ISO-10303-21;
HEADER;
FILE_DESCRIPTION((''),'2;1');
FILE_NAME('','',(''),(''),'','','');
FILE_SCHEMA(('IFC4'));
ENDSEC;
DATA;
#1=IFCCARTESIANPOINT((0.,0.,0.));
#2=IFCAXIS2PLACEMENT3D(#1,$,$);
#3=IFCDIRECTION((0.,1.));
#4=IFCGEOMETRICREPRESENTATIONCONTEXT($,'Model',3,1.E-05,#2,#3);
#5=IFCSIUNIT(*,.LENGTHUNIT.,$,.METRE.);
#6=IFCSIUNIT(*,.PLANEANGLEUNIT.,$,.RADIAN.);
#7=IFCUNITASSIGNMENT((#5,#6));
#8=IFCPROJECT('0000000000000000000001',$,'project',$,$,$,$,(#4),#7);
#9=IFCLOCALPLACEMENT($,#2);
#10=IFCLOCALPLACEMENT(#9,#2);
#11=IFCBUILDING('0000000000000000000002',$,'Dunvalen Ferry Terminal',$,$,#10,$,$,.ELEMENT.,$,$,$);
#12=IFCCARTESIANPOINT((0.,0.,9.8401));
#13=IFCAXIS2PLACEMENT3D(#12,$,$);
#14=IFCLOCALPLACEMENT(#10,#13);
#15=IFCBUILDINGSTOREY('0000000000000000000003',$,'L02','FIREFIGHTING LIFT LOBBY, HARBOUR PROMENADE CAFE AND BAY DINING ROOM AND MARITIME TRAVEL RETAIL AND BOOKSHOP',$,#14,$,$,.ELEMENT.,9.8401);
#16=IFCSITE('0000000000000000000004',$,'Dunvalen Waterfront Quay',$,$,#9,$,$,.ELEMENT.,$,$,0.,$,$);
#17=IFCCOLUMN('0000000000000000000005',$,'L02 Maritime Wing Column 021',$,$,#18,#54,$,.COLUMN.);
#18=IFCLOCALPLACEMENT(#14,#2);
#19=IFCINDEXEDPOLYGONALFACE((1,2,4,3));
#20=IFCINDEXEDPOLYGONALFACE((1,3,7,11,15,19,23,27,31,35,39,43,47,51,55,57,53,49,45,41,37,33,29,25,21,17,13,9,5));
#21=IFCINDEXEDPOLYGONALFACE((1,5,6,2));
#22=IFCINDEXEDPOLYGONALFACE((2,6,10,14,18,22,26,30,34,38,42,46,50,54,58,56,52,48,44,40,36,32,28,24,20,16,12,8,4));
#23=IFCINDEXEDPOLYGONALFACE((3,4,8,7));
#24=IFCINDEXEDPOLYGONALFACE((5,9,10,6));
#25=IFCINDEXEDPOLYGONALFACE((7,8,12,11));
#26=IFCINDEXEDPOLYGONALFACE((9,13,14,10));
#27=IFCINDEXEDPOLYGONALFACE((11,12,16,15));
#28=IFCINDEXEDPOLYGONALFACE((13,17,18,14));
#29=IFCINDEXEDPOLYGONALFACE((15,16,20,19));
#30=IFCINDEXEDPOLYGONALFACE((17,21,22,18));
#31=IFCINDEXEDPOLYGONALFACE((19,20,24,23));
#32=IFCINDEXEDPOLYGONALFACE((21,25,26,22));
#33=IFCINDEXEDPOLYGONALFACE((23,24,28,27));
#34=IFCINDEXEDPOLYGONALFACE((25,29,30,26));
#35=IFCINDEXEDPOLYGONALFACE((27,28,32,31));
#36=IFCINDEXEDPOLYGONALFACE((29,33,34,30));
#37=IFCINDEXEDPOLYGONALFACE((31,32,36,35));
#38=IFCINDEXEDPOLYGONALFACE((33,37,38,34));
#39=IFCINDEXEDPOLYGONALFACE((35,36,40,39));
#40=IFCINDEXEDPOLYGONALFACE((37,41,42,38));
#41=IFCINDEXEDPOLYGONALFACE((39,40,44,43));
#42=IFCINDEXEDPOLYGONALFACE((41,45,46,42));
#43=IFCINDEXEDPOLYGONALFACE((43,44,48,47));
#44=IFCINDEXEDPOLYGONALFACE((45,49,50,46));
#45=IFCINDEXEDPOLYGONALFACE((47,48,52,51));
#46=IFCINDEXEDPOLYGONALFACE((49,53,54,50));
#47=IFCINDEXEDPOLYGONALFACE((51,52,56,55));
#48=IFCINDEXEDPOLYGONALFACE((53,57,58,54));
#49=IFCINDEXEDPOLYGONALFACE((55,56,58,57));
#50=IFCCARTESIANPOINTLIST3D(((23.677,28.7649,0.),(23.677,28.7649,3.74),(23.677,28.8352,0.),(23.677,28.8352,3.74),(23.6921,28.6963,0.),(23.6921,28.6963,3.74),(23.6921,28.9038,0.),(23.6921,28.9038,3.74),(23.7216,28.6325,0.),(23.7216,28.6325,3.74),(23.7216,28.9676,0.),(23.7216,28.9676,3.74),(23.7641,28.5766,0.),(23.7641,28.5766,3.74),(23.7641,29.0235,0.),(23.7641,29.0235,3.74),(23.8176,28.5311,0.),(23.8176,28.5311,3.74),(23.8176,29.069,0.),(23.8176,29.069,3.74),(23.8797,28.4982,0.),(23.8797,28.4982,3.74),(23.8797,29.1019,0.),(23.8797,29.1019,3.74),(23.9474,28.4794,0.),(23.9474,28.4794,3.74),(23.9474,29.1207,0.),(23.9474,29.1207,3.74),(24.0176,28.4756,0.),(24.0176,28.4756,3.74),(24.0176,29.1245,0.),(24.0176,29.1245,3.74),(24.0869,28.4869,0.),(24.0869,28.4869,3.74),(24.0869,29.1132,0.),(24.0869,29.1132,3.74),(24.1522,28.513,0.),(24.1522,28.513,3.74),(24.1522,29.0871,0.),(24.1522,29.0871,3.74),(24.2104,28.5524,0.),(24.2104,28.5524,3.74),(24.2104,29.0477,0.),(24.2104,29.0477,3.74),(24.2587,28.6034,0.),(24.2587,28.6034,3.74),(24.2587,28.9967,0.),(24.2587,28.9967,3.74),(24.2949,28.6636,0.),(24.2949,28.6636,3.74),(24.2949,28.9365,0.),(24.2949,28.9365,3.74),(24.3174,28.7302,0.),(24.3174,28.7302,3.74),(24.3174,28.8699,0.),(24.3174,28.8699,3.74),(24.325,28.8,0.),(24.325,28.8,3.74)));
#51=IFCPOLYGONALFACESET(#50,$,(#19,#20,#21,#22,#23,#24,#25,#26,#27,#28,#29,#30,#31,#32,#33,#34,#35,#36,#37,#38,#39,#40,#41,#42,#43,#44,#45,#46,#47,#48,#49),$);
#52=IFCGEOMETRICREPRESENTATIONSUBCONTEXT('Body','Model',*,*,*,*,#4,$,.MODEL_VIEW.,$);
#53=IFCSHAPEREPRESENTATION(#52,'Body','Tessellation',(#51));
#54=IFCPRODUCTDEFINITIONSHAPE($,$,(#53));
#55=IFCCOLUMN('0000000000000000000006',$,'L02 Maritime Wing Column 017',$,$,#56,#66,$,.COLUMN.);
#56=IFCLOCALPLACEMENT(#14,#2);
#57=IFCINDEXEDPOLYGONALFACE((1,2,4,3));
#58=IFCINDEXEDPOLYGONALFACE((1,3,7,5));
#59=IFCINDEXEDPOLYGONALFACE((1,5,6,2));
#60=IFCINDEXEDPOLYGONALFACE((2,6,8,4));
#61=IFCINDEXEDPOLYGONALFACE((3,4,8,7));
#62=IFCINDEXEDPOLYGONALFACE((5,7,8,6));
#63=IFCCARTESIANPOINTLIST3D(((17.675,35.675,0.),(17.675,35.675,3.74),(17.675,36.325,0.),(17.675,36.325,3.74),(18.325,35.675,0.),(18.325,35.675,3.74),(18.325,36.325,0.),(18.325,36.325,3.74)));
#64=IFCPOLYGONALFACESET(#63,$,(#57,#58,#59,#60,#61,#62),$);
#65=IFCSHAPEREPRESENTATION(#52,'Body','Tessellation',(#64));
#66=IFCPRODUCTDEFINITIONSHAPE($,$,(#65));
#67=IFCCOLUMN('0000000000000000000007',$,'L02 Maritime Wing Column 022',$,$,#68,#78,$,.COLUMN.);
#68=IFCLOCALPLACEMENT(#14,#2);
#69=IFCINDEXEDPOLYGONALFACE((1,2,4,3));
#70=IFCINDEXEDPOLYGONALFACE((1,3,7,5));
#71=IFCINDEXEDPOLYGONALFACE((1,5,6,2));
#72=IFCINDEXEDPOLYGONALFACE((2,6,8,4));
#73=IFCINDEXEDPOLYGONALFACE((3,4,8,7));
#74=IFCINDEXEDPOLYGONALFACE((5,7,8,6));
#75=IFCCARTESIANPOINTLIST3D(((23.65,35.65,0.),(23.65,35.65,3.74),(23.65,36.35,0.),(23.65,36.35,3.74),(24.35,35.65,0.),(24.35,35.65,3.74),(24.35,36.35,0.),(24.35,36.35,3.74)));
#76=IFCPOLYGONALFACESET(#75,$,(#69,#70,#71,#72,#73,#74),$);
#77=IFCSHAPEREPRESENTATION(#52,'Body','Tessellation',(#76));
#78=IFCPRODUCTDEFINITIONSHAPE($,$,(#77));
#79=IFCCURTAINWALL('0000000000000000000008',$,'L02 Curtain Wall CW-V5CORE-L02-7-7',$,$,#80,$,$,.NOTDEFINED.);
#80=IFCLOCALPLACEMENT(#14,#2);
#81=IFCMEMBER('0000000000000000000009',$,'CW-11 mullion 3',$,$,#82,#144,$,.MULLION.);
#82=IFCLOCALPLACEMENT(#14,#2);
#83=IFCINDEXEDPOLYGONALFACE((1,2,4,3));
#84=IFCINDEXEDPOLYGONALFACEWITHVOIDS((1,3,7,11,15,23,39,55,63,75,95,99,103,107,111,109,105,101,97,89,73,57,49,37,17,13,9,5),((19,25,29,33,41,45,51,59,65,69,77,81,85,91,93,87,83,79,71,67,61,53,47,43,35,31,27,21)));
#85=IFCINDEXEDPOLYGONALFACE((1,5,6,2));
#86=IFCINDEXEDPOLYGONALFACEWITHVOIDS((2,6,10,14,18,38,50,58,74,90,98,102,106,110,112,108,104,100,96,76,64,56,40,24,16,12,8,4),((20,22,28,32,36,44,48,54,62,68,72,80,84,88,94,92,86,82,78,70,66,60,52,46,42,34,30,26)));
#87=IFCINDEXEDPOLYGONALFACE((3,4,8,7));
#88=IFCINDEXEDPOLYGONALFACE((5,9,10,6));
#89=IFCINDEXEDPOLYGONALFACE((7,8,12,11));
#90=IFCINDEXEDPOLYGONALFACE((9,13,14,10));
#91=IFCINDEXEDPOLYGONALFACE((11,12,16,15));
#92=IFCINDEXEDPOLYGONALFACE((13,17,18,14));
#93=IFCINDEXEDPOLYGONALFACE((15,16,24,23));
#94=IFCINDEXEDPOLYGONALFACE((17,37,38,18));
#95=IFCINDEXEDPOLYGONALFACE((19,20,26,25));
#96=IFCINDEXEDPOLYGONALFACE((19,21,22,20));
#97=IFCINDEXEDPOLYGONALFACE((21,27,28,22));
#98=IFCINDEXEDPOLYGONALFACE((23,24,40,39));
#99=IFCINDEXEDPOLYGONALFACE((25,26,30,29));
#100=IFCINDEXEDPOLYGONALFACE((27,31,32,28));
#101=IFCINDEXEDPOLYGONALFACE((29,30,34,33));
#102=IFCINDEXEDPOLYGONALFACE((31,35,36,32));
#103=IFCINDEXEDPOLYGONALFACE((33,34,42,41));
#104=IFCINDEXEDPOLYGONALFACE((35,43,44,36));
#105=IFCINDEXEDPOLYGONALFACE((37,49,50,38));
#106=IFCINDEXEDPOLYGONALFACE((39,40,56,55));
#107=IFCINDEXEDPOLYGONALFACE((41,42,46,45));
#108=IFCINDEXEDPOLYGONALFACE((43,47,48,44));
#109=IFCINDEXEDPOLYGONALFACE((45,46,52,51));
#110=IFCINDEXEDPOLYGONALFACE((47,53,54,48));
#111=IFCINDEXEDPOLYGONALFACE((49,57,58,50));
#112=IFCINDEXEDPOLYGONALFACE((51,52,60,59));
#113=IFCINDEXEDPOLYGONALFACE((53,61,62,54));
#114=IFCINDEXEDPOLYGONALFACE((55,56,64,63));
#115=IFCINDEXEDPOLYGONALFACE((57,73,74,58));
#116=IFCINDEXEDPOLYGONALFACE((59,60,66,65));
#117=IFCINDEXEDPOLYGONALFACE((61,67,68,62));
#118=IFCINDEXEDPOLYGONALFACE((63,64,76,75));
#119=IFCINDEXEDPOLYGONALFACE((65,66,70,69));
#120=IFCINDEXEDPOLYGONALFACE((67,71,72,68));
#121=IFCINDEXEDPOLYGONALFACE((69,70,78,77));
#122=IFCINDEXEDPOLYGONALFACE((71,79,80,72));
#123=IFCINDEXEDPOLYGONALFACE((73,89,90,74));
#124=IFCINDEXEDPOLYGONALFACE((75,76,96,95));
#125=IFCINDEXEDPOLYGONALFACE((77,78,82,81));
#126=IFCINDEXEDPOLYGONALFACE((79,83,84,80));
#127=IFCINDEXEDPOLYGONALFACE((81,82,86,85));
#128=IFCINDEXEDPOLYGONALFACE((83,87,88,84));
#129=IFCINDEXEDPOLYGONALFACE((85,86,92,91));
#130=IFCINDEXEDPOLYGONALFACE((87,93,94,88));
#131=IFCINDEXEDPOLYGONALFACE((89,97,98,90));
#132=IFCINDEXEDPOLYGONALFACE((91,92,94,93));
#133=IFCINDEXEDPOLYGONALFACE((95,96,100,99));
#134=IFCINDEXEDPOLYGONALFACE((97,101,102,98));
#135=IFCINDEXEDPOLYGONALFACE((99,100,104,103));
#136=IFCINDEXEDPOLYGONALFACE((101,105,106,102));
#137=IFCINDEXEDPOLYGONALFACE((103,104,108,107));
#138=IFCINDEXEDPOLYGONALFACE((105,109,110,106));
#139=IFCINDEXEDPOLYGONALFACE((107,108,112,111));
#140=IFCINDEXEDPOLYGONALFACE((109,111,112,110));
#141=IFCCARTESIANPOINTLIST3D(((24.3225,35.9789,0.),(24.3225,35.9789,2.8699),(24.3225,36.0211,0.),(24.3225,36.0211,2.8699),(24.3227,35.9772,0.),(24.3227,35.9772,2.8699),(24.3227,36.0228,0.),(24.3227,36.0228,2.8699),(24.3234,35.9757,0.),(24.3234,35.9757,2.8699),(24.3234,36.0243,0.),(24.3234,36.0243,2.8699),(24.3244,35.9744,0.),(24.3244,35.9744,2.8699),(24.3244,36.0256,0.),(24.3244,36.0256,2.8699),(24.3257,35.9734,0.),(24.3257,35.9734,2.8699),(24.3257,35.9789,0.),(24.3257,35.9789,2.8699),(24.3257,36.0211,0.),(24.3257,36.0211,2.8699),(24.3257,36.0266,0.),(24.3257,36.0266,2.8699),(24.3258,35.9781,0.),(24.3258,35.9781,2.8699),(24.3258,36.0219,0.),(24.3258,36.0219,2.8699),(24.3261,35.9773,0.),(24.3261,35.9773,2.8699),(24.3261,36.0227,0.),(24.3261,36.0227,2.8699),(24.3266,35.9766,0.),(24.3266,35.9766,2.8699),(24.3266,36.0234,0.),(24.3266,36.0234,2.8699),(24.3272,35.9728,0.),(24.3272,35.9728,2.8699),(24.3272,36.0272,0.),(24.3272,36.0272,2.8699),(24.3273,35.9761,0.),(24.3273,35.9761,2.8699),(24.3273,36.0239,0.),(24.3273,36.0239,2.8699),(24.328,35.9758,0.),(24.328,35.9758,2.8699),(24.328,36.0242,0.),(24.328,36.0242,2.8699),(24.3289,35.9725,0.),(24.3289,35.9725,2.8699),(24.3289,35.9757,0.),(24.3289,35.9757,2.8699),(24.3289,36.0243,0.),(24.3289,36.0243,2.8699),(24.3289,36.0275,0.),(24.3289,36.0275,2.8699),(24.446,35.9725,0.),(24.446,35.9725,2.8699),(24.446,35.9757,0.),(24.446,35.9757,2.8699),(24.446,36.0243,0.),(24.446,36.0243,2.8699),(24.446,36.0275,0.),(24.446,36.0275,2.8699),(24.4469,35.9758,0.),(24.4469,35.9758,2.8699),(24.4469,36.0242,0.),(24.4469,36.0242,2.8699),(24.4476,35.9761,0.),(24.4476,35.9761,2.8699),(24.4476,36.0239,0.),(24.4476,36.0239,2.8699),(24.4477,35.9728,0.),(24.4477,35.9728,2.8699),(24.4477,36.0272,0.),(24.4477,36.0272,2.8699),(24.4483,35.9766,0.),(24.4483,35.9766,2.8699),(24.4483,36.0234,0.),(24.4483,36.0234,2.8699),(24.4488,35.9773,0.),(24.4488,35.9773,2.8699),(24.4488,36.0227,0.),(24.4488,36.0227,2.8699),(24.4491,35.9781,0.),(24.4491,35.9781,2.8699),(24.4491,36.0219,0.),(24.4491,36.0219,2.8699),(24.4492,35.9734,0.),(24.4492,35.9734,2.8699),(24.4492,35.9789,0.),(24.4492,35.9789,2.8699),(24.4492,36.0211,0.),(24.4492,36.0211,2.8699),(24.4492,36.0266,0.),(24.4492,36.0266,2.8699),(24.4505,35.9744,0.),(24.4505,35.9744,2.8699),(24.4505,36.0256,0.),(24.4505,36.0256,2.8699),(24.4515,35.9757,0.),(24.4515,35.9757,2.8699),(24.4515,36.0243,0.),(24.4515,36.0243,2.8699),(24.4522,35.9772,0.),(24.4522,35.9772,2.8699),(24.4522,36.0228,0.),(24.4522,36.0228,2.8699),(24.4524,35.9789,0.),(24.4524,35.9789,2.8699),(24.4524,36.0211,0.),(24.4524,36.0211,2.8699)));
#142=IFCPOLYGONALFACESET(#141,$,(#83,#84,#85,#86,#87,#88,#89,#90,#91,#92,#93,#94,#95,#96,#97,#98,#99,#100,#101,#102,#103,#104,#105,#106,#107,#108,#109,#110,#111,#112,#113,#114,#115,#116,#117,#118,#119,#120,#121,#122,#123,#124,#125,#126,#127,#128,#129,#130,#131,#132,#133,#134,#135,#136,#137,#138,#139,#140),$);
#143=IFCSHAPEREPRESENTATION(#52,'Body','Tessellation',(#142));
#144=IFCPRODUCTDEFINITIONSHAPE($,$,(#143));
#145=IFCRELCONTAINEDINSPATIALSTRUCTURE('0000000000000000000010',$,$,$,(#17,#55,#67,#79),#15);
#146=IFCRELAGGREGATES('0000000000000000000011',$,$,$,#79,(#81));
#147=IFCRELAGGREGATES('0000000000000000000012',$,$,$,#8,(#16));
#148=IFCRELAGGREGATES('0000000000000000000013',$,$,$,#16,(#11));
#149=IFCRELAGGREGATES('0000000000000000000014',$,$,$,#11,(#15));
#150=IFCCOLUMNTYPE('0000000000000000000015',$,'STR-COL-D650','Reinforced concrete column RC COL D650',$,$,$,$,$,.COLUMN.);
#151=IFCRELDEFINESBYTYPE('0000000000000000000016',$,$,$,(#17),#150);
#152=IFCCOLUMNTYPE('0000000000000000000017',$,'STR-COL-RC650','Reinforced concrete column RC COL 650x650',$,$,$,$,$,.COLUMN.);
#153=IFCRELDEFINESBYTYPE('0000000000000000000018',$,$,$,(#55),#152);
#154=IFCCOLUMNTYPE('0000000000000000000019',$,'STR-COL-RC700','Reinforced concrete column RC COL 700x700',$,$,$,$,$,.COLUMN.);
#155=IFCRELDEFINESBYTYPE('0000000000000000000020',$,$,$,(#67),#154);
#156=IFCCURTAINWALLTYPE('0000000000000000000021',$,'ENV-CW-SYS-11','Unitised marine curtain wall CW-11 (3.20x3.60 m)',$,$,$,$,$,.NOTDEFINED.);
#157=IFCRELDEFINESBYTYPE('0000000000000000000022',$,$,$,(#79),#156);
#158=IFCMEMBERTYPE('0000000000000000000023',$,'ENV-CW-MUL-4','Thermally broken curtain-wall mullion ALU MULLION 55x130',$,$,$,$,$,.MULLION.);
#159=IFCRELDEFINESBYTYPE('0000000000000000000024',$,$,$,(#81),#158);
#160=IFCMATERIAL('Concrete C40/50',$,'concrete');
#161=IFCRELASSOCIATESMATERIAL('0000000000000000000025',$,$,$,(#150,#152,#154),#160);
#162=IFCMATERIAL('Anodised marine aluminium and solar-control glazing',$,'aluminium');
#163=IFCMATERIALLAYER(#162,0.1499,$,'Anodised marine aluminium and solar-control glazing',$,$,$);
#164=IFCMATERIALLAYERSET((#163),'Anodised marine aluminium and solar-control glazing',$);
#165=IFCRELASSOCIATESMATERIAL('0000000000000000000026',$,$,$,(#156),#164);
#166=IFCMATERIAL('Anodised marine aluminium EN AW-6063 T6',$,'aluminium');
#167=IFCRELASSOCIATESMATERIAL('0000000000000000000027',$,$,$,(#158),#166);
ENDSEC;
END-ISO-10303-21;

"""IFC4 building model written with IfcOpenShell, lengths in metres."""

from ifc_helpers import new_model, si_unit, direction, frame, origin, origin_2d, place, context, subcontext, project, spatial, rectangle, hollow_rectangle, circle, extrude, material, layer, layer_set, material_profile, profile_set, type_object, element, aggregate, save


model = new_model("IFC4")

# Units and contexts
model_context = context("Model", 3, precision=1e-05, world=origin(), true_north=direction((0.0, 1.0)))
body_context = subcontext(model_context, "Body", "Model", "MODEL_VIEW")
ifc_project = project(units=[si_unit("LENGTHUNIT", "METRE"), si_unit("PLANEANGLEUNIT", "RADIAN")], contexts=[model_context])

# Site, building, storey
site_placement = place(None, origin())
site = spatial("IfcSite", under=ifc_project, at=site_placement, Name="Dunvalen Waterfront Quay", CompositionType="ELEMENT", RefElevation=0.0)
building_placement = place(site_placement, origin())
building = spatial("IfcBuilding", under=site, at=building_placement, Name="Dunvalen Ferry Terminal", CompositionType="ELEMENT")
storey_placement = place(building_placement, frame((0.0, 0.0, 9.8401)))
storey = spatial("IfcBuildingStorey", under=building, at=storey_placement, Name="L02", Description="FIREFIGHTING LIFT LOBBY, HARBOUR PROMENADE CAFE AND BAY DINING ROOM AND MARITIME TRAVEL RETAIL AND BOOKSHOP", CompositionType="ELEMENT", Elevation=9.8401)

# Columns
ifc_material_1 = material(Name="Concrete C40/50", Category="concrete")
ifc_material_profile_1 = material_profile(ifc_material_1, circle(Radius=0.325, at=origin_2d()), Name="Concrete C40/50")
ifc_profile_set_1 = profile_set([ifc_material_profile_1], Name="Concrete C40/50")
column_type_1 = type_object("IfcColumnType", Name="STR-COL-D650", Description="Reinforced concrete column RC COL D650", PredefinedType="COLUMN", material=ifc_profile_set_1)
column_1_placement = place(storey_placement, frame((24.0, 28.8, 0.0), z_axis=(0.0, 0.0, 1.0), x_axis=(1.0, 0.0, 0.0)))
element("IfcColumn", 1, at=column_1_placement, inside=storey, type_object=column_type_1, Name="L02 Maritime Wing Column 021", PredefinedType="COLUMN", context=body_context, shape_type="SweptSolid", body=[
    extrude(circle(Radius=0.325, at=origin_2d()), origin(), (0.0, 0.0, 1.0), 3.74),
])
ifc_material_profile_2 = material_profile(ifc_material_1, rectangle(XDim=0.6499, YDim=0.6499, at=origin_2d()), Name="Concrete C40/50")
ifc_profile_set_2 = profile_set([ifc_material_profile_2], Name="Concrete C40/50")
column_type_2 = type_object("IfcColumnType", Name="STR-COL-RC650", Description="Reinforced concrete column RC COL 650x650", PredefinedType="COLUMN", material=ifc_profile_set_2)
column_2_placement = place(storey_placement, frame((18.0, 36.0, 0.0), z_axis=(0.0, 0.0, 1.0), x_axis=(1.0, 0.0, 0.0)))
element("IfcColumn", 2, at=column_2_placement, inside=storey, type_object=column_type_2, Name="L02 Maritime Wing Column 017", PredefinedType="COLUMN", context=body_context, shape_type="SweptSolid", body=[
    extrude(rectangle(XDim=0.6499, YDim=0.6499, at=origin_2d()), origin(), (0.0, 0.0, 1.0), 3.74),
])
ifc_material_profile_3 = material_profile(ifc_material_1, rectangle(XDim=0.7, YDim=0.7, at=origin_2d()), Name="Concrete C40/50")
ifc_profile_set_3 = profile_set([ifc_material_profile_3], Name="Concrete C40/50")
column_type_3 = type_object("IfcColumnType", Name="STR-COL-RC700", Description="Reinforced concrete column RC COL 700x700", PredefinedType="COLUMN", material=ifc_profile_set_3)
column_3_placement = place(storey_placement, frame((24.0, 36.0, 0.0), z_axis=(0.0, 0.0, 1.0), x_axis=(1.0, 0.0, 0.0)))
element("IfcColumn", 3, at=column_3_placement, inside=storey, type_object=column_type_3, Name="L02 Maritime Wing Column 022", PredefinedType="COLUMN", context=body_context, shape_type="SweptSolid", body=[
    extrude(rectangle(XDim=0.7, YDim=0.7, at=origin_2d()), origin(), (0.0, 0.0, 1.0), 3.74),
])

# Curtain wall, member
ifc_material_2 = material(Name="Anodised marine aluminium and solar-control glazing", Category="aluminium")
ifc_layer_1 = layer(ifc_material_2, 0.1499, Name="Anodised marine aluminium and solar-control glazing")
ifc_layer_set_1 = layer_set([ifc_layer_1], Name="Anodised marine aluminium and solar-control glazing")
curtain_wall_type = type_object("IfcCurtainWallType", Name="ENV-CW-SYS-11", Description="Unitised marine curtain wall CW-11 (3.20x3.60 m)", PredefinedType="NOTDEFINED", material=ifc_layer_set_1)
curtain_wall_placement = place(storey_placement, origin())
curtain_wall = element("IfcCurtainWall", 4, at=curtain_wall_placement, inside=storey, type_object=curtain_wall_type, Name="L02 Curtain Wall CW-V5CORE-L02-7-7", PredefinedType="NOTDEFINED")
ifc_material_3 = material(Name="Anodised marine aluminium EN AW-6063 T6", Category="aluminium")
ifc_material_profile_4 = material_profile(ifc_material_3, hollow_rectangle(XDim=0.0549, YDim=0.1299, WallThickness=0.0032, InnerFilletRadius=0.0032, OuterFilletRadius=0.0063, at=origin_2d()), Name="Anodised marine aluminium EN AW-6063 T6")
ifc_profile_set_4 = profile_set([ifc_material_profile_4], Name="Anodised marine aluminium EN AW-6063 T6")
member_type_1 = type_object("IfcMemberType", Name="ENV-CW-MUL-4", Description="Thermally broken curtain-wall mullion ALU MULLION 55x130", PredefinedType="MULLION", material=ifc_profile_set_4)
member_1_placement = place(storey_placement, frame((24.3875, 36.0, 0.0), z_axis=(0.0, 0.0, 1.0), x_axis=(0.0, -1.0, 0.0)))
member_1 = element("IfcMember", 5, at=member_1_placement, type_object=member_type_1, Name="CW-11 mullion 3", PredefinedType="MULLION", context=body_context, shape_type="SweptSolid", body=[
    extrude(hollow_rectangle(XDim=0.0549, YDim=0.1299, WallThickness=0.0032, InnerFilletRadius=0.0032, OuterFilletRadius=0.0063, at=origin_2d()), origin(), (0.0, 0.0, 1.0), 2.8699),
])

aggregate(curtain_wall, [member_1])

save(model, "model.ifc")
